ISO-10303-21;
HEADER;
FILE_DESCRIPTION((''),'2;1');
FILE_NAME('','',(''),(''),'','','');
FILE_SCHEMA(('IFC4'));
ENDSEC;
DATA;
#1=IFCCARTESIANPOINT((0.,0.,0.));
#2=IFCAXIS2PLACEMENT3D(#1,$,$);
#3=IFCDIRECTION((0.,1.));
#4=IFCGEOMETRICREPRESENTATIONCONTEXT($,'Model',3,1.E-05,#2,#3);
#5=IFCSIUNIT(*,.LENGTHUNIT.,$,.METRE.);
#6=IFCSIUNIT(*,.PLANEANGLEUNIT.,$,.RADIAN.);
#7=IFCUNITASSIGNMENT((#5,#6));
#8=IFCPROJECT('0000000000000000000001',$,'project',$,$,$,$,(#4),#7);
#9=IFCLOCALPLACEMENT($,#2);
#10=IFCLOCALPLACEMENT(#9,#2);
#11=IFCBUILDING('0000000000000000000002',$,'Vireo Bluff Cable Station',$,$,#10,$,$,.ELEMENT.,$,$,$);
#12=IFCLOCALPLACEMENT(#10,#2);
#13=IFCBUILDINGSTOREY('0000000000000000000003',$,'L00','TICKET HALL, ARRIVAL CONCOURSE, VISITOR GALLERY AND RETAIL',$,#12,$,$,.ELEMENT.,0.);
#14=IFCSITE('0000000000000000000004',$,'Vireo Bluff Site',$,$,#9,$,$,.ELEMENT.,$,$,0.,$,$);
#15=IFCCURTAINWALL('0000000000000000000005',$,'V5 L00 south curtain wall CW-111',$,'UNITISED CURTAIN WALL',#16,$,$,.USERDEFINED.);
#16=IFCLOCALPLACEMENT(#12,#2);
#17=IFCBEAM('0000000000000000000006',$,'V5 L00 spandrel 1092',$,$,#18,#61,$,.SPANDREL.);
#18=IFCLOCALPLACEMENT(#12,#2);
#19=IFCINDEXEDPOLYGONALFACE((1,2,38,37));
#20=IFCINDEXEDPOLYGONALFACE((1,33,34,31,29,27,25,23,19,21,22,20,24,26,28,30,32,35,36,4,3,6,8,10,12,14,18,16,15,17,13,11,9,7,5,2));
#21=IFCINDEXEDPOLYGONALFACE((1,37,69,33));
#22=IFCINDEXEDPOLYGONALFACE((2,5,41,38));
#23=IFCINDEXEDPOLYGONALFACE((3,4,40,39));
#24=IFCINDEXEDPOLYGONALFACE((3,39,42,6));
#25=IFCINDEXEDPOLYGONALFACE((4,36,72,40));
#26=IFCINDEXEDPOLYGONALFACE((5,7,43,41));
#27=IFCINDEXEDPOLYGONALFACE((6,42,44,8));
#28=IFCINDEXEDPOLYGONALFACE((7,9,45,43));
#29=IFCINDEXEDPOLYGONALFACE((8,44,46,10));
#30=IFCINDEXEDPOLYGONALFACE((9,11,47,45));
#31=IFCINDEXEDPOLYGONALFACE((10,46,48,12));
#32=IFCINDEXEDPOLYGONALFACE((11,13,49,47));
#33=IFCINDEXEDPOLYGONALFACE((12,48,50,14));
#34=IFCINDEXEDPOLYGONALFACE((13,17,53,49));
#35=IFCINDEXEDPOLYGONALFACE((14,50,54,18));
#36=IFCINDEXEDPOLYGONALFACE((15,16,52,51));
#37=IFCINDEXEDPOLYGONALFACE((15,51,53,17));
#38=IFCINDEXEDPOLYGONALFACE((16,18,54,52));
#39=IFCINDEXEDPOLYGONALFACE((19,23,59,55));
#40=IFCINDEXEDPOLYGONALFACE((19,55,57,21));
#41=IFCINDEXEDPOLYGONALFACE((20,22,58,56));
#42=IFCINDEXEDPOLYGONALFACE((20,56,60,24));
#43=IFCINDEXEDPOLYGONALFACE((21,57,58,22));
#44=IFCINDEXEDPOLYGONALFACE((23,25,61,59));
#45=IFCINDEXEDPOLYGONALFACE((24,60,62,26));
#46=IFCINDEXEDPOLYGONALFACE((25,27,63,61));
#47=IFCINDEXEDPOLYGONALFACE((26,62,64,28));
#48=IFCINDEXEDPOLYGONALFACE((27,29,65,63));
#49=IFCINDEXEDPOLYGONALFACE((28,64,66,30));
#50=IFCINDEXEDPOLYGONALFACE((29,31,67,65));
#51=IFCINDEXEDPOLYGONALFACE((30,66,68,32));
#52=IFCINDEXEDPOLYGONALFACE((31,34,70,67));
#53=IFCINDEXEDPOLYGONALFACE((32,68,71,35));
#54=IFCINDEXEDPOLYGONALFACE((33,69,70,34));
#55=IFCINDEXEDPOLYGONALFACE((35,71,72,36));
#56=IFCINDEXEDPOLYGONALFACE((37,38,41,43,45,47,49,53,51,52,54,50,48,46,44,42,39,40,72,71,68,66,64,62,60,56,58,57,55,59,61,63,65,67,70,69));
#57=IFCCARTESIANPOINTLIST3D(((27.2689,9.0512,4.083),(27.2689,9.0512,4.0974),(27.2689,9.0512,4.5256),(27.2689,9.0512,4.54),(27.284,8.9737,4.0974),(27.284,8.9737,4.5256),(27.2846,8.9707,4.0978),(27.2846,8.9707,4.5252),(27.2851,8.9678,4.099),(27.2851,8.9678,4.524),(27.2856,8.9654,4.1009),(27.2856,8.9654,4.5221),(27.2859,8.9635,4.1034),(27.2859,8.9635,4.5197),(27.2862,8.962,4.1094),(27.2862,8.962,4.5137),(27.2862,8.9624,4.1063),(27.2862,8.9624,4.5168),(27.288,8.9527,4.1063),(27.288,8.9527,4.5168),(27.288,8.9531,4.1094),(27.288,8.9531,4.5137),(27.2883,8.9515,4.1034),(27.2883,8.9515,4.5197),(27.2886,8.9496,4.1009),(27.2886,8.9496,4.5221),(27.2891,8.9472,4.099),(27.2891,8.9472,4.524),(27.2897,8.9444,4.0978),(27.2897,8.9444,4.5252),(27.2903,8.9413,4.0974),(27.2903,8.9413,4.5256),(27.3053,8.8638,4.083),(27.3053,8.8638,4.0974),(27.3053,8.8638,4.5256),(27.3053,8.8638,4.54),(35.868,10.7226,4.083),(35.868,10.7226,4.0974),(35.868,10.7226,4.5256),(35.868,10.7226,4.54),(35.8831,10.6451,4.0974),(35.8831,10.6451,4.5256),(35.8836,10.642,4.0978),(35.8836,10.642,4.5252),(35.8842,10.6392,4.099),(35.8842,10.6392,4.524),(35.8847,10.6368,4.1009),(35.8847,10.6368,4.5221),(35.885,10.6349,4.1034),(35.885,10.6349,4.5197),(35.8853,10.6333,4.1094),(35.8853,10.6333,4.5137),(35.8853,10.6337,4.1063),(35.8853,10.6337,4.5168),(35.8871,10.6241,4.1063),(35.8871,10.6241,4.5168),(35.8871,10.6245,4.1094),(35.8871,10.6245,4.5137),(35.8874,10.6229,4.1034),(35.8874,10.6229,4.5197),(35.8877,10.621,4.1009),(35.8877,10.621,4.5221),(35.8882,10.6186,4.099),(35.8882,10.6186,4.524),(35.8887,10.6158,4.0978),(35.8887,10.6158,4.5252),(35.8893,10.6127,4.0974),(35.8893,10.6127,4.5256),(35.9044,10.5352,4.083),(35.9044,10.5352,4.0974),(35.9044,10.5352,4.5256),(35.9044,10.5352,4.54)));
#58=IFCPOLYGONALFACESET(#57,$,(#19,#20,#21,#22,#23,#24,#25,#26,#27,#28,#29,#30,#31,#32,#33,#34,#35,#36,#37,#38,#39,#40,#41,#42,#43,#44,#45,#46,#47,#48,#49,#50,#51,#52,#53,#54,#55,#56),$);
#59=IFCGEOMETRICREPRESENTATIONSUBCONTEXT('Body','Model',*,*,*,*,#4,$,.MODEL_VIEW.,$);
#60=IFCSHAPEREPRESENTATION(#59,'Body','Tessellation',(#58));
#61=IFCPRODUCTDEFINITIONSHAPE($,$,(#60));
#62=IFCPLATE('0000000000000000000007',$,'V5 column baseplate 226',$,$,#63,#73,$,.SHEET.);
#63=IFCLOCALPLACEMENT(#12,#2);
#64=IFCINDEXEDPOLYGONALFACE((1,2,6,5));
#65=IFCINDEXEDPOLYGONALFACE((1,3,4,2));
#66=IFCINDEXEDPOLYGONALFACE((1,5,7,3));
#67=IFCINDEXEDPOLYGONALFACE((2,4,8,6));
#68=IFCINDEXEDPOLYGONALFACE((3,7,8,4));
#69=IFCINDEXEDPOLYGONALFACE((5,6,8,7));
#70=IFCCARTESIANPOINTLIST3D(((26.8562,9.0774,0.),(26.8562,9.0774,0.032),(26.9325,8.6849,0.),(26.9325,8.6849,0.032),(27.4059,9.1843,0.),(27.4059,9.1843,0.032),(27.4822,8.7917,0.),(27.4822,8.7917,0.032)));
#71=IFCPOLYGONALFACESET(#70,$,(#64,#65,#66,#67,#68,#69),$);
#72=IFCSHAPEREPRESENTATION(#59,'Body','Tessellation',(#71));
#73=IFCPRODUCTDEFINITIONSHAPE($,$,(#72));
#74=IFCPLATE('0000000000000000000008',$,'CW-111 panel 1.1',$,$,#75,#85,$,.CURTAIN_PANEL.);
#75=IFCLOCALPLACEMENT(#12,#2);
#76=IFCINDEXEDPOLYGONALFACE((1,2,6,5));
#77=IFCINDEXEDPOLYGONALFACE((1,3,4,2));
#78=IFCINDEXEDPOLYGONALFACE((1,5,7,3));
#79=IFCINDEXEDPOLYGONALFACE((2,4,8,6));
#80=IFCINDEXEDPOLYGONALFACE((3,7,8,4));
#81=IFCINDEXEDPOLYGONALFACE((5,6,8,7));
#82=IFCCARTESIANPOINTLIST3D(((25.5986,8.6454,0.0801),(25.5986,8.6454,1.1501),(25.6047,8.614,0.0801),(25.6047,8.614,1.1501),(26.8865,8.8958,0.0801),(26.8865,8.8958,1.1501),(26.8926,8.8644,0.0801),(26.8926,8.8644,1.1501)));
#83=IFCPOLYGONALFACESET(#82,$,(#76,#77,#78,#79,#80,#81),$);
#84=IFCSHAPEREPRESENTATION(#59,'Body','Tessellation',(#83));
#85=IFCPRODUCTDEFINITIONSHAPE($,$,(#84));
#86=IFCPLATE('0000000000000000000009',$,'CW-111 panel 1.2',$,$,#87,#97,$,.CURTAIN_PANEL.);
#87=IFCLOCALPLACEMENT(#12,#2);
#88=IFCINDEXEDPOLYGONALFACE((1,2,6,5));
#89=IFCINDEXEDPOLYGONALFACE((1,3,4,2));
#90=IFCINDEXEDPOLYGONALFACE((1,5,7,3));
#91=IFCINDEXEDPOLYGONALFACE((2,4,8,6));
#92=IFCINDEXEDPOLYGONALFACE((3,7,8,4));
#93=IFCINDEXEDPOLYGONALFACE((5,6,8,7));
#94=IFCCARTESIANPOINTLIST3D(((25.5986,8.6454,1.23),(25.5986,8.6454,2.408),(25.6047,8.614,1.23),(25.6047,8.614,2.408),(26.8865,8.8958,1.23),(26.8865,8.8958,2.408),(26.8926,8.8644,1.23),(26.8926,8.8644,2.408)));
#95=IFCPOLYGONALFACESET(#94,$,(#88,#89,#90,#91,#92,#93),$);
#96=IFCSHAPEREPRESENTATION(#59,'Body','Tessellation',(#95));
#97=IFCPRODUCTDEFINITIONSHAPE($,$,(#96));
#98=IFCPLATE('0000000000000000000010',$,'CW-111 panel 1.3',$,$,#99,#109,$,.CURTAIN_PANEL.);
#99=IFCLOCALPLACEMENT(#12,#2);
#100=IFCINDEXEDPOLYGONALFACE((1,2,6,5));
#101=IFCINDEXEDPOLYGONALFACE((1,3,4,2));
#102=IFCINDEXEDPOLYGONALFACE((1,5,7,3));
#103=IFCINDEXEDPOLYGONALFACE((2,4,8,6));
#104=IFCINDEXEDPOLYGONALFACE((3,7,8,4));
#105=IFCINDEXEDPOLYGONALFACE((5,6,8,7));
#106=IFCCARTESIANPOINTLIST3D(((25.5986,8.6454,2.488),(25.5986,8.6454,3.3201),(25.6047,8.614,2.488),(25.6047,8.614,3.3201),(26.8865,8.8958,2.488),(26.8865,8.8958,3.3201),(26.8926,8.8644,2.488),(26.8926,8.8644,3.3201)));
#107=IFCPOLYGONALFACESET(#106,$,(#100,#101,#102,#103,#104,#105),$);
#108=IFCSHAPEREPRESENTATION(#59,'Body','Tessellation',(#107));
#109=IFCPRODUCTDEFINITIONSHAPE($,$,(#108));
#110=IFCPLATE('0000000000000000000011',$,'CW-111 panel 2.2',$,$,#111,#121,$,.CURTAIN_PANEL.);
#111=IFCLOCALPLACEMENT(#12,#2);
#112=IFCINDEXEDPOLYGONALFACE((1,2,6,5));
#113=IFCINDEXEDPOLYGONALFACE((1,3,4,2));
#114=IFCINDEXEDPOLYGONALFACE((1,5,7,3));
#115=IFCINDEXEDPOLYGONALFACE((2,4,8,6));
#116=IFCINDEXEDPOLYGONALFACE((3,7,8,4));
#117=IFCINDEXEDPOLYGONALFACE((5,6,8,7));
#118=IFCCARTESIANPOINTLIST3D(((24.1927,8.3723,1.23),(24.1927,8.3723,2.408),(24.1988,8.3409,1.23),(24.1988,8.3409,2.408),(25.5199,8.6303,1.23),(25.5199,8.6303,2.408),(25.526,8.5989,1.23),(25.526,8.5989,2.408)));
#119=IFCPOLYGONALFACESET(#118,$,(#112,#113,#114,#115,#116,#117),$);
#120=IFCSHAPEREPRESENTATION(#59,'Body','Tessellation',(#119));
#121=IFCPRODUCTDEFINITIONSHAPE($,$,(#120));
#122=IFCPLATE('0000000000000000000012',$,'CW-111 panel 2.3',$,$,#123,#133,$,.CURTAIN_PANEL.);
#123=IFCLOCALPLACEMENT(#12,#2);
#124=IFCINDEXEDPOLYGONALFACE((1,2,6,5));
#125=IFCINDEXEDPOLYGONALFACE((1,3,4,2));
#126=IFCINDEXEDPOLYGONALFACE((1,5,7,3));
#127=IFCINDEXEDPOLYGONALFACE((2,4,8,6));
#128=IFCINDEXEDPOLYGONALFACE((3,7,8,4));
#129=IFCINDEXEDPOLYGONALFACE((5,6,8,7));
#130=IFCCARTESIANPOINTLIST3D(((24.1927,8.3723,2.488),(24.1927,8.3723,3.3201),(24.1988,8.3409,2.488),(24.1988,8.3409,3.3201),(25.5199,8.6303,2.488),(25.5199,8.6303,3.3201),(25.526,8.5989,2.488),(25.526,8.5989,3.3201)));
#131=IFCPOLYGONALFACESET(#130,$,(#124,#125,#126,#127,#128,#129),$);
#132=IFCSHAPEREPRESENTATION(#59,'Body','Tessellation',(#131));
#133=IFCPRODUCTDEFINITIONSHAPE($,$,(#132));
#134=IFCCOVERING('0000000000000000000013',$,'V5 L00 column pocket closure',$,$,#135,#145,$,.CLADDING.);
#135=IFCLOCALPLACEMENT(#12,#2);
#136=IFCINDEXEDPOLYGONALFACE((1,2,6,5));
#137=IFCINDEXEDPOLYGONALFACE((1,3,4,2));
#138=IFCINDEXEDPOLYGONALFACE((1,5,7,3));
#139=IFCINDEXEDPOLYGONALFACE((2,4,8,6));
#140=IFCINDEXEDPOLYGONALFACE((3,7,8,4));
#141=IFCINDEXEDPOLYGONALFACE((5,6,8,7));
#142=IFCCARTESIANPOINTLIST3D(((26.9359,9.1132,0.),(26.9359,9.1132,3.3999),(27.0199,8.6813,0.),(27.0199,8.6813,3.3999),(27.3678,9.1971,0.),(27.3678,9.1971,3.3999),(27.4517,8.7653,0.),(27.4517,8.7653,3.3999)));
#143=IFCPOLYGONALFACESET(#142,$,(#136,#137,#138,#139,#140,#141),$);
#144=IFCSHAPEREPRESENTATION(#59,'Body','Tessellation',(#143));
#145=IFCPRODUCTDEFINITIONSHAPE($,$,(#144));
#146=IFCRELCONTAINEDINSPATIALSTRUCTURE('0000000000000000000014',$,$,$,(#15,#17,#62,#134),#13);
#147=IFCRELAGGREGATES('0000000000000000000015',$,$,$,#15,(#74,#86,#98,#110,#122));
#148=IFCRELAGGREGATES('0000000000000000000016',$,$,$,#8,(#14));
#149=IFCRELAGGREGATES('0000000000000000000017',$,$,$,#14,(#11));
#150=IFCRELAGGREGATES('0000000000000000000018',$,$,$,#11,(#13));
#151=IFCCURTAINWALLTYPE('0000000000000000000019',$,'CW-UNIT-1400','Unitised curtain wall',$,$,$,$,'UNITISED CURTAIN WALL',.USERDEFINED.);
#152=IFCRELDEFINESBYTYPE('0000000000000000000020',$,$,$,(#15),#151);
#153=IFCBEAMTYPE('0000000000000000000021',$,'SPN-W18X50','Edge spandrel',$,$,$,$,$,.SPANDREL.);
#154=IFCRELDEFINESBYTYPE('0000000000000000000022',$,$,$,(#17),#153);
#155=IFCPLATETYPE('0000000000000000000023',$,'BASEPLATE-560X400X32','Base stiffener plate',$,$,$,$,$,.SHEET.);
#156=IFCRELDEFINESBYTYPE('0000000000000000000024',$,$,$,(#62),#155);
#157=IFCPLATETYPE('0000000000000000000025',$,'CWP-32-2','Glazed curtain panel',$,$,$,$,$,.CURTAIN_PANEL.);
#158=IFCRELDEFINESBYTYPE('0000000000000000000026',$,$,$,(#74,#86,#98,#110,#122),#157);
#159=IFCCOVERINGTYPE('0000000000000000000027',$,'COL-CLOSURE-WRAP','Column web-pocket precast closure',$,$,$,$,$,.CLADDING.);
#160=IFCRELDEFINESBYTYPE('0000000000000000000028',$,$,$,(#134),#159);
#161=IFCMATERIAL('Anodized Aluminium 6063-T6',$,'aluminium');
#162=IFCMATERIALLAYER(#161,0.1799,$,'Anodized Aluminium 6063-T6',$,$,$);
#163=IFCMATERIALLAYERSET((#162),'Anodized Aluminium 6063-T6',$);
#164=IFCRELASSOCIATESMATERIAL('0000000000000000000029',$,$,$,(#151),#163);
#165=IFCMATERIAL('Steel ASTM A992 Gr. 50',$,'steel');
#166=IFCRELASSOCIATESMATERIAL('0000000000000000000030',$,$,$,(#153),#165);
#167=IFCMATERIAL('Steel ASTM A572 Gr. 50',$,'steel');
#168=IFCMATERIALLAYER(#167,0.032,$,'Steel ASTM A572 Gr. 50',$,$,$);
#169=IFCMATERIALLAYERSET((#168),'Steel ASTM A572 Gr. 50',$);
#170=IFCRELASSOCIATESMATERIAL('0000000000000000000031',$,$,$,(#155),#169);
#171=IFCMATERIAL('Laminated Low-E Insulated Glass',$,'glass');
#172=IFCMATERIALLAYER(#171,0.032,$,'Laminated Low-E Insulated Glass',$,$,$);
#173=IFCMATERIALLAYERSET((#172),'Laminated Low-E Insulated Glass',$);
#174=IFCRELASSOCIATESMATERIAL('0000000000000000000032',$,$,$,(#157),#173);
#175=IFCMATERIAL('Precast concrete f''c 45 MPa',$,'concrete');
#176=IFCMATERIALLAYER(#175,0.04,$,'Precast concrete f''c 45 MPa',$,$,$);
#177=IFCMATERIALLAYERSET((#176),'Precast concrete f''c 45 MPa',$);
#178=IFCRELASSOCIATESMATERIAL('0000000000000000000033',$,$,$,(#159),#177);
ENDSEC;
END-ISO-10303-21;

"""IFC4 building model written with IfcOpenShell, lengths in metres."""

from ifc_helpers import new_model, si_unit, direction, frame, origin, origin_2d, place, context, subcontext, project, spatial, rectangle, i_section, extrude, material, layer, layer_set, material_profile, profile_set, type_object, element, aggregate, save


model = new_model("IFC4")

# Units and contexts
model_context = context("Model", 3, precision=1e-05, world=origin(), true_north=direction((0.0, 1.0)))
body_context = subcontext(model_context, "Body", "Model", "MODEL_VIEW")
ifc_project = project(units=[si_unit("LENGTHUNIT", "METRE"), si_unit("PLANEANGLEUNIT", "RADIAN")], contexts=[model_context])

# Site, building, storey
site_placement = place(None, origin())
site = spatial("IfcSite", under=ifc_project, at=site_placement, Name="Vireo Bluff Site", CompositionType="ELEMENT", RefElevation=0.0)
building_placement = place(site_placement, origin())
building = spatial("IfcBuilding", under=site, at=building_placement, Name="Vireo Bluff Cable Station", CompositionType="ELEMENT")
storey_placement = place(building_placement, origin())
storey = spatial("IfcBuildingStorey", under=building, at=storey_placement, Name="L00", Description="TICKET HALL, ARRIVAL CONCOURSE, VISITOR GALLERY AND RETAIL", CompositionType="ELEMENT", Elevation=0.0)

# Shared definitions
ifc_material_1 = material(Name="Steel ASTM A992 Gr. 50", Category="steel")

# Curtain wall
ifc_material_2 = material(Name="Anodized Aluminium 6063-T6", Category="aluminium")
ifc_layer_1 = layer(ifc_material_2, 0.1799, Name="Anodized Aluminium 6063-T6")
ifc_layer_set_1 = layer_set([ifc_layer_1], Name="Anodized Aluminium 6063-T6")
curtain_wall_type = type_object("IfcCurtainWallType", Name="CW-UNIT-1400", Description="Unitised curtain wall", ElementType="UNITISED CURTAIN WALL", PredefinedType="USERDEFINED", material=ifc_layer_set_1)
curtain_wall_placement = place(storey_placement, origin())
curtain_wall = element("IfcCurtainWall", 1, at=curtain_wall_placement, inside=storey, type_object=curtain_wall_type, Name="V5 L00 south curtain wall CW-111", ObjectType="UNITISED CURTAIN WALL", PredefinedType="USERDEFINED")

# Beam
ifc_material_profile_1 = material_profile(ifc_material_1, i_section(OverallWidth=0.1909, OverallDepth=0.457, WebThickness=0.009, FlangeThickness=0.0144, FilletRadius=0.012, at=origin_2d()), Name="W18X50")
ifc_profile_set_1 = profile_set([ifc_material_profile_1], Name="Steel ASTM A992 Gr. 50")
beam_type_1 = type_object("IfcBeamType", Name="SPN-W18X50", Description="Edge spandrel", PredefinedType="SPANDREL", material=ifc_profile_set_1)
beam_1_placement = place(storey_placement, frame((27.2871, 8.9575, 4.3115), z_axis=(0.98163, 0.190797, 0.0), x_axis=(-0.190797, 0.98163, 0.0)))
element("IfcBeam", 2, at=beam_1_placement, inside=storey, type_object=beam_type_1, Name="V5 L00 spandrel 1092", PredefinedType="SPANDREL", context=body_context, shape_type="SweptSolid", body=[
    extrude(i_section(OverallWidth=0.1909, OverallDepth=0.457, WebThickness=0.009, FlangeThickness=0.0144, FilletRadius=0.012, at=origin_2d()), origin(), (0.0, 0.0, 1.0), 8.76),
])

# Plates
ifc_material_3 = material(Name="Steel ASTM A572 Gr. 50", Category="steel")
ifc_layer_2 = layer(ifc_material_3, 0.032, Name="Steel ASTM A572 Gr. 50")
ifc_layer_set_2 = layer_set([ifc_layer_2], Name="Steel ASTM A572 Gr. 50")
plate_type_1 = type_object("IfcPlateType", Name="BASEPLATE-560X400X32", Description="Base stiffener plate", PredefinedType="SHEET", material=ifc_layer_set_2)
plate_1_placement = place(storey_placement, frame((27.1692, 8.9346, 0.0), z_axis=(0.0, 0.0, 1.0), x_axis=(0.981627, 0.190809, 0.0)))
element("IfcPlate", 3, at=plate_1_placement, inside=storey, type_object=plate_type_1, Name="V5 column baseplate 226", PredefinedType="SHEET", context=body_context, shape_type="SweptSolid", body=[
    extrude(rectangle(XDim=0.5601, YDim=0.3999, at=origin_2d()), origin(), (0.0, 0.0, 1.0), 0.032),
])
ifc_material_4 = material(Name="Laminated Low-E Insulated Glass", Category="glass")
ifc_layer_3 = layer(ifc_material_4, 0.032, Name="Laminated Low-E Insulated Glass")
ifc_layer_set_3 = layer_set([ifc_layer_3], Name="Laminated Low-E Insulated Glass")
plate_type_2 = type_object("IfcPlateType", Name="CWP-32-2", Description="Glazed curtain panel", PredefinedType="CURTAIN_PANEL", material=ifc_layer_set_3)
plate_2_placement = place(storey_placement, frame((26.2456, 8.7549, 0.0801), z_axis=(0.0, 0.0, 1.0), x_axis=(-0.981627, -0.190809, 0.0)))
plate_2 = element("IfcPlate", 4, at=plate_2_placement, type_object=plate_type_2, Name="CW-111 panel 1.1", PredefinedType="CURTAIN_PANEL", context=body_context, shape_type="SweptSolid", body=[
    extrude(rectangle(XDim=1.312, YDim=0.032, at=origin_2d()), origin(), (0.0, 0.0, 1.0), 1.0701),
])
plate_3_placement = place(storey_placement, frame((26.2456, 8.7549, 1.23), z_axis=(0.0, 0.0, 1.0), x_axis=(-0.981627, -0.190809, 0.0)))
plate_3 = element("IfcPlate", 5, at=plate_3_placement, type_object=plate_type_2, Name="CW-111 panel 1.2", PredefinedType="CURTAIN_PANEL", context=body_context, shape_type="SweptSolid", body=[
    extrude(rectangle(XDim=1.312, YDim=0.032, at=origin_2d()), origin(), (0.0, 0.0, 1.0), 1.178),
])
plate_4_placement = place(storey_placement, frame((26.2456, 8.7549, 2.488), z_axis=(0.0, 0.0, 1.0), x_axis=(-0.981627, -0.190809, 0.0)))
plate_4 = element("IfcPlate", 6, at=plate_4_placement, type_object=plate_type_2, Name="CW-111 panel 1.3", PredefinedType="CURTAIN_PANEL", context=body_context, shape_type="SweptSolid", body=[
    extrude(rectangle(XDim=1.312, YDim=0.032, at=origin_2d()), origin(), (0.0, 0.0, 1.0), 0.832),
])
plate_5_placement = place(storey_placement, frame((24.8594, 8.4856, 1.23), z_axis=(0.0, 0.0, 1.0), x_axis=(-0.981627, -0.190809, 0.0)))
plate_5 = element("IfcPlate", 7, at=plate_5_placement, type_object=plate_type_2, Name="CW-111 panel 2.2", PredefinedType="CURTAIN_PANEL", context=body_context, shape_type="SweptSolid", body=[
    extrude(rectangle(XDim=1.3521, YDim=0.032, at=origin_2d()), origin(), (0.0, 0.0, 1.0), 1.178),
])
plate_6_placement = place(storey_placement, frame((24.8594, 8.4856, 2.488), z_axis=(0.0, 0.0, 1.0), x_axis=(-0.981627, -0.190809, 0.0)))
plate_6 = element("IfcPlate", 8, at=plate_6_placement, type_object=plate_type_2, Name="CW-111 panel 2.3", PredefinedType="CURTAIN_PANEL", context=body_context, shape_type="SweptSolid", body=[
    extrude(rectangle(XDim=1.3521, YDim=0.032, at=origin_2d()), origin(), (0.0, 0.0, 1.0), 0.832),
])
aggregate(curtain_wall, [plate_2, plate_3, plate_4, plate_5, plate_6])

# Covering
ifc_material_5 = material(Name="Precast concrete f'c 45 MPa", Category="concrete")
ifc_layer_4 = layer(ifc_material_5, 0.04, Name="Precast concrete f'c 45 MPa")
ifc_layer_set_4 = layer_set([ifc_layer_4], Name="Precast concrete f'c 45 MPa")
covering_type = type_object("IfcCoveringType", Name="COL-CLOSURE-WRAP", Description="Column web-pocket precast closure", PredefinedType="CLADDING", material=ifc_layer_set_4)
covering_placement = place(storey_placement, frame((27.1938, 8.9392, 0.0), z_axis=(0.0, 0.0, 1.0), x_axis=(0.981627, 0.190809, 0.0)))
element("IfcCovering", 9, at=covering_placement, inside=storey, type_object=covering_type, Name="V5 L00 column pocket closure", PredefinedType="CLADDING", context=body_context, shape_type="SweptSolid", body=[
    extrude(rectangle(XDim=0.4399, YDim=0.4399, at=origin_2d()), origin(), (0.0, 0.0, 1.0), 3.3999),
])

save(model, "model.ifc")
